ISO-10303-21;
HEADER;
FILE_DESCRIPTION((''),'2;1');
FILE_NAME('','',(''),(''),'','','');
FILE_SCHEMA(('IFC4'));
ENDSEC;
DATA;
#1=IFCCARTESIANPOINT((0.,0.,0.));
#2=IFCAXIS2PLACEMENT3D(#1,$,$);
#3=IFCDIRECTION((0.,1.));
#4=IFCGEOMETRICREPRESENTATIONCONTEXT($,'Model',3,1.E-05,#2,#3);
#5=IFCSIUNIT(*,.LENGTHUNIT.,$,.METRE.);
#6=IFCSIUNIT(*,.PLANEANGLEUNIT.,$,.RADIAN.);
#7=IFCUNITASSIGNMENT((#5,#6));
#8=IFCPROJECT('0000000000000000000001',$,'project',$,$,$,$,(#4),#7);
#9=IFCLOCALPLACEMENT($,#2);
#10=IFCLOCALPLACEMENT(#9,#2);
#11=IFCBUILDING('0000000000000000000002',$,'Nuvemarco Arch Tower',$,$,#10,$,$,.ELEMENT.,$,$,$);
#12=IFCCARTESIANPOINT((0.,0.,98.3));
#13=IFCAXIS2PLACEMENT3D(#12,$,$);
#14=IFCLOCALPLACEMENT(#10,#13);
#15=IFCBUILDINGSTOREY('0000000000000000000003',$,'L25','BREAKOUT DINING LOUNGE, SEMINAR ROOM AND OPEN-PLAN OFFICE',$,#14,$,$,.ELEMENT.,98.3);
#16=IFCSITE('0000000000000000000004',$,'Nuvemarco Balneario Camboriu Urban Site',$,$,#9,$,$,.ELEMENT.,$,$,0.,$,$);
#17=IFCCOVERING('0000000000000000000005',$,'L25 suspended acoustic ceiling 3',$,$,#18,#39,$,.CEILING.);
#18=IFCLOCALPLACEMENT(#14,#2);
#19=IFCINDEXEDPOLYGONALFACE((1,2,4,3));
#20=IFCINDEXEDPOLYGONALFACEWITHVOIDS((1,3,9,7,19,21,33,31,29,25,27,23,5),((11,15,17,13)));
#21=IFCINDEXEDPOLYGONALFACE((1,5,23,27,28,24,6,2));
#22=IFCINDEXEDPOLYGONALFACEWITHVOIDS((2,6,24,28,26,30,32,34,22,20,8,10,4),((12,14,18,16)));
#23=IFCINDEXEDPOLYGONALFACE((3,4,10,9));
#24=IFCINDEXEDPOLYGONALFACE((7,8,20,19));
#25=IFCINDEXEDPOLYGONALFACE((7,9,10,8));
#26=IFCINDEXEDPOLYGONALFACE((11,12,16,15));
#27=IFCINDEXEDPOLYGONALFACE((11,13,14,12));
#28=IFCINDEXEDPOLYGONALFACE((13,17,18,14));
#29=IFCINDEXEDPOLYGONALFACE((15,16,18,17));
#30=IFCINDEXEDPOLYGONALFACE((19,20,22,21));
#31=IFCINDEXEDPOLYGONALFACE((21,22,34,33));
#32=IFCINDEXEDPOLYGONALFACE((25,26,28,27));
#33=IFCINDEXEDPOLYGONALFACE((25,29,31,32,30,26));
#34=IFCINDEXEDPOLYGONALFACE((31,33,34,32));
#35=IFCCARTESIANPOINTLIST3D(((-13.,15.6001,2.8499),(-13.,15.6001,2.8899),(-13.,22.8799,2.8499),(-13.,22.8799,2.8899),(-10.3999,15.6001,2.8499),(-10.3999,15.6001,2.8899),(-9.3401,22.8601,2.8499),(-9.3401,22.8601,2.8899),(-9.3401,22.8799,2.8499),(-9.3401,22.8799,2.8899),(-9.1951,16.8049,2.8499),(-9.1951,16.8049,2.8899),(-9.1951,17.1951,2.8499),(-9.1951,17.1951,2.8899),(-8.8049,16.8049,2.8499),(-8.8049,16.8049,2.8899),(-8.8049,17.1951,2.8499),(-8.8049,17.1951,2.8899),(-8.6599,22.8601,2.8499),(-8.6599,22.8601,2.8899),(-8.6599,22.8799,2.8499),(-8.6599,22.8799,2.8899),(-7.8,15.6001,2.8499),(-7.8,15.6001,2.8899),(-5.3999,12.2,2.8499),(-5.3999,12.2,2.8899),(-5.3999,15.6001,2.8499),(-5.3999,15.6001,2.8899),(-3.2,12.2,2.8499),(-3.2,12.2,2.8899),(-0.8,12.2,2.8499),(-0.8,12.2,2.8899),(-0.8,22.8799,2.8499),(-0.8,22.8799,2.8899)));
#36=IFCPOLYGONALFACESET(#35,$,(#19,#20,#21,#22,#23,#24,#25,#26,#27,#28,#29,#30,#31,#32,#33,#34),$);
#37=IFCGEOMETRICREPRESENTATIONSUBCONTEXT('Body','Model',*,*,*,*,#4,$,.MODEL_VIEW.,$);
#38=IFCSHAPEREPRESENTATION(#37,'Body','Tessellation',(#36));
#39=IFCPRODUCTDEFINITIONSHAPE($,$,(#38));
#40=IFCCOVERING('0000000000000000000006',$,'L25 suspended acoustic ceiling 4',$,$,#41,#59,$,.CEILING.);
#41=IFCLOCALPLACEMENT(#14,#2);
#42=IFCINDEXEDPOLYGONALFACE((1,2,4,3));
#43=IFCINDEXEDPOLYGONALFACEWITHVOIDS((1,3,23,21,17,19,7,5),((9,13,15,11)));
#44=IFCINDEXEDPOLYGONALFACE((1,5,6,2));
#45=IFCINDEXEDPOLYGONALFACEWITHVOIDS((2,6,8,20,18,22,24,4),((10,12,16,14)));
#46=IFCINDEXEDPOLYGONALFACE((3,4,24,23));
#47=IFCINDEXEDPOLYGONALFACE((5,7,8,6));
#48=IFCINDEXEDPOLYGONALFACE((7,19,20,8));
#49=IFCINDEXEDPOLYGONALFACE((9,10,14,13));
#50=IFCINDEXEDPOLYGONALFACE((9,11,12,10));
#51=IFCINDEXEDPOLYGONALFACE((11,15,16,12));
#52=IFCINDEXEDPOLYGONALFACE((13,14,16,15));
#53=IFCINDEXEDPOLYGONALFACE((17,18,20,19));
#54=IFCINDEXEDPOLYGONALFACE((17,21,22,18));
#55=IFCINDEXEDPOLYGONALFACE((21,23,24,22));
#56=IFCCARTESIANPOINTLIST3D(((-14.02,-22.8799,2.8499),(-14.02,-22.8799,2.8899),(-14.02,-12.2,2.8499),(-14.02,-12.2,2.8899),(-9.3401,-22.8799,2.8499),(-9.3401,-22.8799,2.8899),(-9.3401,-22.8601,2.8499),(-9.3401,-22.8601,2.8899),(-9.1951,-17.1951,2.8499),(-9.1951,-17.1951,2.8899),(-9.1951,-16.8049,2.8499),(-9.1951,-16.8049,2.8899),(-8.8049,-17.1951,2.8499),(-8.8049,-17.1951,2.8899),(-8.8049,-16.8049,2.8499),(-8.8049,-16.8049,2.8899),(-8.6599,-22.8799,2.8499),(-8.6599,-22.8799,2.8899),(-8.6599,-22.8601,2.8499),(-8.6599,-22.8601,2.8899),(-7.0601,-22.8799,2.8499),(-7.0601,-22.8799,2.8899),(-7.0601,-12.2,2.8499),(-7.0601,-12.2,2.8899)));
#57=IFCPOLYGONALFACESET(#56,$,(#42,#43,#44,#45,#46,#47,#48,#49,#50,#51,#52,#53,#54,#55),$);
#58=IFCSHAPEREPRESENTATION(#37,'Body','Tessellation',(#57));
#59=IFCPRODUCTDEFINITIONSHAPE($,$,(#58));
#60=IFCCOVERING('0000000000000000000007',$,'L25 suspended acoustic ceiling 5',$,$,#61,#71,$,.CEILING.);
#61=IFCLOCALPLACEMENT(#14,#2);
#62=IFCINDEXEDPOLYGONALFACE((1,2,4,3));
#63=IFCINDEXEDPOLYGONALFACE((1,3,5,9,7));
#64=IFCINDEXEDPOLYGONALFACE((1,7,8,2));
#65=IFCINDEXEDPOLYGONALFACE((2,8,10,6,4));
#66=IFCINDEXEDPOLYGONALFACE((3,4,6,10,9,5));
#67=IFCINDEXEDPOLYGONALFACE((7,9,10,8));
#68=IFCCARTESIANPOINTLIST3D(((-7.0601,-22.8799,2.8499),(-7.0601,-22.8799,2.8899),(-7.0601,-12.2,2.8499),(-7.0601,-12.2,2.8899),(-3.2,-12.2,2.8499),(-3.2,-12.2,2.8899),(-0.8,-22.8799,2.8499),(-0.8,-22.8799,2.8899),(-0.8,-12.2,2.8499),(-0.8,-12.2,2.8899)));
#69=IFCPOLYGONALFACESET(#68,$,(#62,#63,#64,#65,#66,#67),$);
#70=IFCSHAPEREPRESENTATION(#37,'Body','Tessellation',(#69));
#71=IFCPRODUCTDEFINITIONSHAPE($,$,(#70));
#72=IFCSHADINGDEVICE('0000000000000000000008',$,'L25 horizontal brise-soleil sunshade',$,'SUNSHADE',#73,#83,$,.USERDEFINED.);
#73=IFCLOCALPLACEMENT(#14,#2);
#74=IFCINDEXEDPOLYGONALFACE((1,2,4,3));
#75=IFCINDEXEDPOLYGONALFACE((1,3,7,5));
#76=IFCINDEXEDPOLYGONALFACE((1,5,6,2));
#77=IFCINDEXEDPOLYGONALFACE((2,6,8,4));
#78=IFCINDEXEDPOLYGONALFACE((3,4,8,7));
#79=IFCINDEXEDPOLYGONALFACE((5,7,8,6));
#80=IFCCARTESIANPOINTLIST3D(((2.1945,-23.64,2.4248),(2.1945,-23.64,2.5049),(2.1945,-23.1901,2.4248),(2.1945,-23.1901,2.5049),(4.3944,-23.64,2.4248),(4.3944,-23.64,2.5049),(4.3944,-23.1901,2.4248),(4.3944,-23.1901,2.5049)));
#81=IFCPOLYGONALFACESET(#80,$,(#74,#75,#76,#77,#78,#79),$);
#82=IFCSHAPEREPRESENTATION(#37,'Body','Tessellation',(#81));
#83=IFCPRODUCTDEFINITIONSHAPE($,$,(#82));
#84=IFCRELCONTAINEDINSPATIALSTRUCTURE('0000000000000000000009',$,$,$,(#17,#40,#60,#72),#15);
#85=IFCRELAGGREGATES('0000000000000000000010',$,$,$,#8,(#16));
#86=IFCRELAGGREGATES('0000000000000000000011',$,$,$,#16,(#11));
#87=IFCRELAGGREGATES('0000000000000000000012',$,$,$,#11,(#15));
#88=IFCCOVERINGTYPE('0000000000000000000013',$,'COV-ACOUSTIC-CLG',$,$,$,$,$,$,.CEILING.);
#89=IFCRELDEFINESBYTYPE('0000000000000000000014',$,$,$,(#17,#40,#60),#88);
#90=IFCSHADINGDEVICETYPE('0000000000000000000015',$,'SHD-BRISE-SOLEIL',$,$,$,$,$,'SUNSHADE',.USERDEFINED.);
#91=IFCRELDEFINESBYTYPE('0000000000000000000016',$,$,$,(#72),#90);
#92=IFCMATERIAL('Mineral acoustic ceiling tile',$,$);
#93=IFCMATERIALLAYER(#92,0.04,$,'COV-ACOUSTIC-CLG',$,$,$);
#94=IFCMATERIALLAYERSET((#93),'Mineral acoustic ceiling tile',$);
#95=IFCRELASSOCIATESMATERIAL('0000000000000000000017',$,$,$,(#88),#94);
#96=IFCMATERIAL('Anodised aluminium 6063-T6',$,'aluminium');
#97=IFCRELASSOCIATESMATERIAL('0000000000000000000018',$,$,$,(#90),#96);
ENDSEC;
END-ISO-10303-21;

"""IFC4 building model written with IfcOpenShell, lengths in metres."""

from ifc_helpers import new_model, si_unit, direction, frame, origin, origin_2d, place, context, subcontext, project, spatial, polyline, rectangle, outline, extrude, source, transform, mapped, material, layer, layer_set, type_object, type_shapes, element, save


model = new_model("IFC4")

# Units and contexts
model_context = context("Model", 3, precision=1e-05, world=origin(), true_north=direction((0.0, 1.0)))
body_context = subcontext(model_context, "Body", "Model", "MODEL_VIEW")
ifc_project = project(units=[si_unit("LENGTHUNIT", "METRE"), si_unit("PLANEANGLEUNIT", "RADIAN")], contexts=[model_context])

# Site, building, storey
site_placement = place(None, origin())
site = spatial("IfcSite", under=ifc_project, at=site_placement, Name="Nuvemarco Balneario Camboriu Urban Site", CompositionType="ELEMENT", RefElevation=0.0)
building_placement = place(site_placement, origin())
building = spatial("IfcBuilding", under=site, at=building_placement, Name="Nuvemarco Arch Tower", CompositionType="ELEMENT")
storey_placement = place(building_placement, frame((0.0, 0.0, 98.3)))
storey = spatial("IfcBuildingStorey", under=building, at=storey_placement, Name="L25", Description="BREAKOUT DINING LOUNGE, SEMINAR ROOM AND OPEN-PLAN OFFICE", CompositionType="ELEMENT", Elevation=98.3)

# Coverings
ifc_material_1 = material(Name="Mineral acoustic ceiling tile")
ifc_layer_1 = layer(ifc_material_1, 0.04, Name="COV-ACOUSTIC-CLG")
ifc_layer_set_1 = layer_set([ifc_layer_1], Name="Mineral acoustic ceiling tile")
covering_type = type_object("IfcCoveringType", Name="COV-ACOUSTIC-CLG", PredefinedType="CEILING", material=ifc_layer_set_1)
covering_1_placement = place(storey_placement, frame((0.0, 0.0, 2.8499)))
element("IfcCovering", 1, at=covering_1_placement, inside=storey, type_object=covering_type, Name="L25 suspended acoustic ceiling 3", PredefinedType="CEILING", context=body_context, shape_type="SweptSolid", body=[
    extrude(outline(polyline([(-10.3999, 15.6001), (-13.0, 15.6001), (-13.0, 22.8799), (-9.3401, 22.8799), (-9.3401, 22.8601), (-8.6599, 22.8601), (-8.6599, 22.8799), (-0.8, 22.8799), (-0.8, 12.2), (-3.2, 12.2), (-5.3999, 12.2), (-5.3999, 15.6001), (-7.8, 15.6001), (-10.3999, 15.6001)]), holes=[polyline([(-8.8049, 16.8049), (-8.8049, 17.1951), (-9.1951, 17.1951), (-9.1951, 16.8049), (-8.8049, 16.8049)])]), origin(), (0.0, 0.0, 1.0), 0.04),
])
covering_2_placement = place(storey_placement, frame((0.0, 0.0, 2.8499)))
element("IfcCovering", 2, at=covering_2_placement, inside=storey, type_object=covering_type, Name="L25 suspended acoustic ceiling 4", PredefinedType="CEILING", context=body_context, shape_type="SweptSolid", body=[
    extrude(outline(polyline([(-8.6599, -22.8799), (-8.6599, -22.8601), (-9.3401, -22.8601), (-9.3401, -22.8799), (-14.02, -22.8799), (-14.02, -12.2), (-7.0601, -12.2), (-7.0601, -22.8799), (-8.6599, -22.8799)]), holes=[polyline([(-8.8049, -17.1951), (-8.8049, -16.8049), (-9.1951, -16.8049), (-9.1951, -17.1951), (-8.8049, -17.1951)])]), origin(), (0.0, 0.0, 1.0), 0.04),
])
covering_3_placement = place(storey_placement, frame((0.0, 0.0, 2.8499)))
element("IfcCovering", 3, at=covering_3_placement, inside=storey, type_object=covering_type, Name="L25 suspended acoustic ceiling 5", PredefinedType="CEILING", context=body_context, shape_type="SweptSolid", body=[
    extrude(outline(polyline([(-0.8, -22.8799), (-7.0601, -22.8799), (-7.0601, -12.2), (-3.2, -12.2), (-0.8, -12.2), (-0.8, -22.8799)])), origin(), (0.0, 0.0, 1.0), 0.04),
])

# Shading device
ifc_material_2 = material(Name="Anodised aluminium 6063-T6", Category="aluminium")
shading_device_type = type_object("IfcShadingDeviceType", Name="SHD-BRISE-SOLEIL", ElementType="SUNSHADE", PredefinedType="USERDEFINED", material=ifc_material_2)
shared_shape_1 = source(origin(), body_context, "Body", "SweptSolid", [
    extrude(rectangle(XDim=2.2, YDim=0.45, at=origin_2d()), origin(), (0.0, 0.0, 1.0), 0.0801),
])
type_shapes(shading_device_type, [shared_shape_1])
shading_device_placement = place(storey_placement, frame((3.2944, -23.415, 2.4248), z_axis=(0.0, 0.0, 1.0), x_axis=(1.0, 0.0, 0.0)))
element("IfcShadingDevice", 4, at=shading_device_placement, inside=storey, type_object=shading_device_type, Name="L25 horizontal brise-soleil sunshade", ObjectType="SUNSHADE", PredefinedType="USERDEFINED", context=body_context, shape_type="MappedRepresentation", body=[
    mapped(shared_shape_1, transform((0.0, 0.0, 0.0), scale=1.0)),
])

save(model, "model.ifc")
